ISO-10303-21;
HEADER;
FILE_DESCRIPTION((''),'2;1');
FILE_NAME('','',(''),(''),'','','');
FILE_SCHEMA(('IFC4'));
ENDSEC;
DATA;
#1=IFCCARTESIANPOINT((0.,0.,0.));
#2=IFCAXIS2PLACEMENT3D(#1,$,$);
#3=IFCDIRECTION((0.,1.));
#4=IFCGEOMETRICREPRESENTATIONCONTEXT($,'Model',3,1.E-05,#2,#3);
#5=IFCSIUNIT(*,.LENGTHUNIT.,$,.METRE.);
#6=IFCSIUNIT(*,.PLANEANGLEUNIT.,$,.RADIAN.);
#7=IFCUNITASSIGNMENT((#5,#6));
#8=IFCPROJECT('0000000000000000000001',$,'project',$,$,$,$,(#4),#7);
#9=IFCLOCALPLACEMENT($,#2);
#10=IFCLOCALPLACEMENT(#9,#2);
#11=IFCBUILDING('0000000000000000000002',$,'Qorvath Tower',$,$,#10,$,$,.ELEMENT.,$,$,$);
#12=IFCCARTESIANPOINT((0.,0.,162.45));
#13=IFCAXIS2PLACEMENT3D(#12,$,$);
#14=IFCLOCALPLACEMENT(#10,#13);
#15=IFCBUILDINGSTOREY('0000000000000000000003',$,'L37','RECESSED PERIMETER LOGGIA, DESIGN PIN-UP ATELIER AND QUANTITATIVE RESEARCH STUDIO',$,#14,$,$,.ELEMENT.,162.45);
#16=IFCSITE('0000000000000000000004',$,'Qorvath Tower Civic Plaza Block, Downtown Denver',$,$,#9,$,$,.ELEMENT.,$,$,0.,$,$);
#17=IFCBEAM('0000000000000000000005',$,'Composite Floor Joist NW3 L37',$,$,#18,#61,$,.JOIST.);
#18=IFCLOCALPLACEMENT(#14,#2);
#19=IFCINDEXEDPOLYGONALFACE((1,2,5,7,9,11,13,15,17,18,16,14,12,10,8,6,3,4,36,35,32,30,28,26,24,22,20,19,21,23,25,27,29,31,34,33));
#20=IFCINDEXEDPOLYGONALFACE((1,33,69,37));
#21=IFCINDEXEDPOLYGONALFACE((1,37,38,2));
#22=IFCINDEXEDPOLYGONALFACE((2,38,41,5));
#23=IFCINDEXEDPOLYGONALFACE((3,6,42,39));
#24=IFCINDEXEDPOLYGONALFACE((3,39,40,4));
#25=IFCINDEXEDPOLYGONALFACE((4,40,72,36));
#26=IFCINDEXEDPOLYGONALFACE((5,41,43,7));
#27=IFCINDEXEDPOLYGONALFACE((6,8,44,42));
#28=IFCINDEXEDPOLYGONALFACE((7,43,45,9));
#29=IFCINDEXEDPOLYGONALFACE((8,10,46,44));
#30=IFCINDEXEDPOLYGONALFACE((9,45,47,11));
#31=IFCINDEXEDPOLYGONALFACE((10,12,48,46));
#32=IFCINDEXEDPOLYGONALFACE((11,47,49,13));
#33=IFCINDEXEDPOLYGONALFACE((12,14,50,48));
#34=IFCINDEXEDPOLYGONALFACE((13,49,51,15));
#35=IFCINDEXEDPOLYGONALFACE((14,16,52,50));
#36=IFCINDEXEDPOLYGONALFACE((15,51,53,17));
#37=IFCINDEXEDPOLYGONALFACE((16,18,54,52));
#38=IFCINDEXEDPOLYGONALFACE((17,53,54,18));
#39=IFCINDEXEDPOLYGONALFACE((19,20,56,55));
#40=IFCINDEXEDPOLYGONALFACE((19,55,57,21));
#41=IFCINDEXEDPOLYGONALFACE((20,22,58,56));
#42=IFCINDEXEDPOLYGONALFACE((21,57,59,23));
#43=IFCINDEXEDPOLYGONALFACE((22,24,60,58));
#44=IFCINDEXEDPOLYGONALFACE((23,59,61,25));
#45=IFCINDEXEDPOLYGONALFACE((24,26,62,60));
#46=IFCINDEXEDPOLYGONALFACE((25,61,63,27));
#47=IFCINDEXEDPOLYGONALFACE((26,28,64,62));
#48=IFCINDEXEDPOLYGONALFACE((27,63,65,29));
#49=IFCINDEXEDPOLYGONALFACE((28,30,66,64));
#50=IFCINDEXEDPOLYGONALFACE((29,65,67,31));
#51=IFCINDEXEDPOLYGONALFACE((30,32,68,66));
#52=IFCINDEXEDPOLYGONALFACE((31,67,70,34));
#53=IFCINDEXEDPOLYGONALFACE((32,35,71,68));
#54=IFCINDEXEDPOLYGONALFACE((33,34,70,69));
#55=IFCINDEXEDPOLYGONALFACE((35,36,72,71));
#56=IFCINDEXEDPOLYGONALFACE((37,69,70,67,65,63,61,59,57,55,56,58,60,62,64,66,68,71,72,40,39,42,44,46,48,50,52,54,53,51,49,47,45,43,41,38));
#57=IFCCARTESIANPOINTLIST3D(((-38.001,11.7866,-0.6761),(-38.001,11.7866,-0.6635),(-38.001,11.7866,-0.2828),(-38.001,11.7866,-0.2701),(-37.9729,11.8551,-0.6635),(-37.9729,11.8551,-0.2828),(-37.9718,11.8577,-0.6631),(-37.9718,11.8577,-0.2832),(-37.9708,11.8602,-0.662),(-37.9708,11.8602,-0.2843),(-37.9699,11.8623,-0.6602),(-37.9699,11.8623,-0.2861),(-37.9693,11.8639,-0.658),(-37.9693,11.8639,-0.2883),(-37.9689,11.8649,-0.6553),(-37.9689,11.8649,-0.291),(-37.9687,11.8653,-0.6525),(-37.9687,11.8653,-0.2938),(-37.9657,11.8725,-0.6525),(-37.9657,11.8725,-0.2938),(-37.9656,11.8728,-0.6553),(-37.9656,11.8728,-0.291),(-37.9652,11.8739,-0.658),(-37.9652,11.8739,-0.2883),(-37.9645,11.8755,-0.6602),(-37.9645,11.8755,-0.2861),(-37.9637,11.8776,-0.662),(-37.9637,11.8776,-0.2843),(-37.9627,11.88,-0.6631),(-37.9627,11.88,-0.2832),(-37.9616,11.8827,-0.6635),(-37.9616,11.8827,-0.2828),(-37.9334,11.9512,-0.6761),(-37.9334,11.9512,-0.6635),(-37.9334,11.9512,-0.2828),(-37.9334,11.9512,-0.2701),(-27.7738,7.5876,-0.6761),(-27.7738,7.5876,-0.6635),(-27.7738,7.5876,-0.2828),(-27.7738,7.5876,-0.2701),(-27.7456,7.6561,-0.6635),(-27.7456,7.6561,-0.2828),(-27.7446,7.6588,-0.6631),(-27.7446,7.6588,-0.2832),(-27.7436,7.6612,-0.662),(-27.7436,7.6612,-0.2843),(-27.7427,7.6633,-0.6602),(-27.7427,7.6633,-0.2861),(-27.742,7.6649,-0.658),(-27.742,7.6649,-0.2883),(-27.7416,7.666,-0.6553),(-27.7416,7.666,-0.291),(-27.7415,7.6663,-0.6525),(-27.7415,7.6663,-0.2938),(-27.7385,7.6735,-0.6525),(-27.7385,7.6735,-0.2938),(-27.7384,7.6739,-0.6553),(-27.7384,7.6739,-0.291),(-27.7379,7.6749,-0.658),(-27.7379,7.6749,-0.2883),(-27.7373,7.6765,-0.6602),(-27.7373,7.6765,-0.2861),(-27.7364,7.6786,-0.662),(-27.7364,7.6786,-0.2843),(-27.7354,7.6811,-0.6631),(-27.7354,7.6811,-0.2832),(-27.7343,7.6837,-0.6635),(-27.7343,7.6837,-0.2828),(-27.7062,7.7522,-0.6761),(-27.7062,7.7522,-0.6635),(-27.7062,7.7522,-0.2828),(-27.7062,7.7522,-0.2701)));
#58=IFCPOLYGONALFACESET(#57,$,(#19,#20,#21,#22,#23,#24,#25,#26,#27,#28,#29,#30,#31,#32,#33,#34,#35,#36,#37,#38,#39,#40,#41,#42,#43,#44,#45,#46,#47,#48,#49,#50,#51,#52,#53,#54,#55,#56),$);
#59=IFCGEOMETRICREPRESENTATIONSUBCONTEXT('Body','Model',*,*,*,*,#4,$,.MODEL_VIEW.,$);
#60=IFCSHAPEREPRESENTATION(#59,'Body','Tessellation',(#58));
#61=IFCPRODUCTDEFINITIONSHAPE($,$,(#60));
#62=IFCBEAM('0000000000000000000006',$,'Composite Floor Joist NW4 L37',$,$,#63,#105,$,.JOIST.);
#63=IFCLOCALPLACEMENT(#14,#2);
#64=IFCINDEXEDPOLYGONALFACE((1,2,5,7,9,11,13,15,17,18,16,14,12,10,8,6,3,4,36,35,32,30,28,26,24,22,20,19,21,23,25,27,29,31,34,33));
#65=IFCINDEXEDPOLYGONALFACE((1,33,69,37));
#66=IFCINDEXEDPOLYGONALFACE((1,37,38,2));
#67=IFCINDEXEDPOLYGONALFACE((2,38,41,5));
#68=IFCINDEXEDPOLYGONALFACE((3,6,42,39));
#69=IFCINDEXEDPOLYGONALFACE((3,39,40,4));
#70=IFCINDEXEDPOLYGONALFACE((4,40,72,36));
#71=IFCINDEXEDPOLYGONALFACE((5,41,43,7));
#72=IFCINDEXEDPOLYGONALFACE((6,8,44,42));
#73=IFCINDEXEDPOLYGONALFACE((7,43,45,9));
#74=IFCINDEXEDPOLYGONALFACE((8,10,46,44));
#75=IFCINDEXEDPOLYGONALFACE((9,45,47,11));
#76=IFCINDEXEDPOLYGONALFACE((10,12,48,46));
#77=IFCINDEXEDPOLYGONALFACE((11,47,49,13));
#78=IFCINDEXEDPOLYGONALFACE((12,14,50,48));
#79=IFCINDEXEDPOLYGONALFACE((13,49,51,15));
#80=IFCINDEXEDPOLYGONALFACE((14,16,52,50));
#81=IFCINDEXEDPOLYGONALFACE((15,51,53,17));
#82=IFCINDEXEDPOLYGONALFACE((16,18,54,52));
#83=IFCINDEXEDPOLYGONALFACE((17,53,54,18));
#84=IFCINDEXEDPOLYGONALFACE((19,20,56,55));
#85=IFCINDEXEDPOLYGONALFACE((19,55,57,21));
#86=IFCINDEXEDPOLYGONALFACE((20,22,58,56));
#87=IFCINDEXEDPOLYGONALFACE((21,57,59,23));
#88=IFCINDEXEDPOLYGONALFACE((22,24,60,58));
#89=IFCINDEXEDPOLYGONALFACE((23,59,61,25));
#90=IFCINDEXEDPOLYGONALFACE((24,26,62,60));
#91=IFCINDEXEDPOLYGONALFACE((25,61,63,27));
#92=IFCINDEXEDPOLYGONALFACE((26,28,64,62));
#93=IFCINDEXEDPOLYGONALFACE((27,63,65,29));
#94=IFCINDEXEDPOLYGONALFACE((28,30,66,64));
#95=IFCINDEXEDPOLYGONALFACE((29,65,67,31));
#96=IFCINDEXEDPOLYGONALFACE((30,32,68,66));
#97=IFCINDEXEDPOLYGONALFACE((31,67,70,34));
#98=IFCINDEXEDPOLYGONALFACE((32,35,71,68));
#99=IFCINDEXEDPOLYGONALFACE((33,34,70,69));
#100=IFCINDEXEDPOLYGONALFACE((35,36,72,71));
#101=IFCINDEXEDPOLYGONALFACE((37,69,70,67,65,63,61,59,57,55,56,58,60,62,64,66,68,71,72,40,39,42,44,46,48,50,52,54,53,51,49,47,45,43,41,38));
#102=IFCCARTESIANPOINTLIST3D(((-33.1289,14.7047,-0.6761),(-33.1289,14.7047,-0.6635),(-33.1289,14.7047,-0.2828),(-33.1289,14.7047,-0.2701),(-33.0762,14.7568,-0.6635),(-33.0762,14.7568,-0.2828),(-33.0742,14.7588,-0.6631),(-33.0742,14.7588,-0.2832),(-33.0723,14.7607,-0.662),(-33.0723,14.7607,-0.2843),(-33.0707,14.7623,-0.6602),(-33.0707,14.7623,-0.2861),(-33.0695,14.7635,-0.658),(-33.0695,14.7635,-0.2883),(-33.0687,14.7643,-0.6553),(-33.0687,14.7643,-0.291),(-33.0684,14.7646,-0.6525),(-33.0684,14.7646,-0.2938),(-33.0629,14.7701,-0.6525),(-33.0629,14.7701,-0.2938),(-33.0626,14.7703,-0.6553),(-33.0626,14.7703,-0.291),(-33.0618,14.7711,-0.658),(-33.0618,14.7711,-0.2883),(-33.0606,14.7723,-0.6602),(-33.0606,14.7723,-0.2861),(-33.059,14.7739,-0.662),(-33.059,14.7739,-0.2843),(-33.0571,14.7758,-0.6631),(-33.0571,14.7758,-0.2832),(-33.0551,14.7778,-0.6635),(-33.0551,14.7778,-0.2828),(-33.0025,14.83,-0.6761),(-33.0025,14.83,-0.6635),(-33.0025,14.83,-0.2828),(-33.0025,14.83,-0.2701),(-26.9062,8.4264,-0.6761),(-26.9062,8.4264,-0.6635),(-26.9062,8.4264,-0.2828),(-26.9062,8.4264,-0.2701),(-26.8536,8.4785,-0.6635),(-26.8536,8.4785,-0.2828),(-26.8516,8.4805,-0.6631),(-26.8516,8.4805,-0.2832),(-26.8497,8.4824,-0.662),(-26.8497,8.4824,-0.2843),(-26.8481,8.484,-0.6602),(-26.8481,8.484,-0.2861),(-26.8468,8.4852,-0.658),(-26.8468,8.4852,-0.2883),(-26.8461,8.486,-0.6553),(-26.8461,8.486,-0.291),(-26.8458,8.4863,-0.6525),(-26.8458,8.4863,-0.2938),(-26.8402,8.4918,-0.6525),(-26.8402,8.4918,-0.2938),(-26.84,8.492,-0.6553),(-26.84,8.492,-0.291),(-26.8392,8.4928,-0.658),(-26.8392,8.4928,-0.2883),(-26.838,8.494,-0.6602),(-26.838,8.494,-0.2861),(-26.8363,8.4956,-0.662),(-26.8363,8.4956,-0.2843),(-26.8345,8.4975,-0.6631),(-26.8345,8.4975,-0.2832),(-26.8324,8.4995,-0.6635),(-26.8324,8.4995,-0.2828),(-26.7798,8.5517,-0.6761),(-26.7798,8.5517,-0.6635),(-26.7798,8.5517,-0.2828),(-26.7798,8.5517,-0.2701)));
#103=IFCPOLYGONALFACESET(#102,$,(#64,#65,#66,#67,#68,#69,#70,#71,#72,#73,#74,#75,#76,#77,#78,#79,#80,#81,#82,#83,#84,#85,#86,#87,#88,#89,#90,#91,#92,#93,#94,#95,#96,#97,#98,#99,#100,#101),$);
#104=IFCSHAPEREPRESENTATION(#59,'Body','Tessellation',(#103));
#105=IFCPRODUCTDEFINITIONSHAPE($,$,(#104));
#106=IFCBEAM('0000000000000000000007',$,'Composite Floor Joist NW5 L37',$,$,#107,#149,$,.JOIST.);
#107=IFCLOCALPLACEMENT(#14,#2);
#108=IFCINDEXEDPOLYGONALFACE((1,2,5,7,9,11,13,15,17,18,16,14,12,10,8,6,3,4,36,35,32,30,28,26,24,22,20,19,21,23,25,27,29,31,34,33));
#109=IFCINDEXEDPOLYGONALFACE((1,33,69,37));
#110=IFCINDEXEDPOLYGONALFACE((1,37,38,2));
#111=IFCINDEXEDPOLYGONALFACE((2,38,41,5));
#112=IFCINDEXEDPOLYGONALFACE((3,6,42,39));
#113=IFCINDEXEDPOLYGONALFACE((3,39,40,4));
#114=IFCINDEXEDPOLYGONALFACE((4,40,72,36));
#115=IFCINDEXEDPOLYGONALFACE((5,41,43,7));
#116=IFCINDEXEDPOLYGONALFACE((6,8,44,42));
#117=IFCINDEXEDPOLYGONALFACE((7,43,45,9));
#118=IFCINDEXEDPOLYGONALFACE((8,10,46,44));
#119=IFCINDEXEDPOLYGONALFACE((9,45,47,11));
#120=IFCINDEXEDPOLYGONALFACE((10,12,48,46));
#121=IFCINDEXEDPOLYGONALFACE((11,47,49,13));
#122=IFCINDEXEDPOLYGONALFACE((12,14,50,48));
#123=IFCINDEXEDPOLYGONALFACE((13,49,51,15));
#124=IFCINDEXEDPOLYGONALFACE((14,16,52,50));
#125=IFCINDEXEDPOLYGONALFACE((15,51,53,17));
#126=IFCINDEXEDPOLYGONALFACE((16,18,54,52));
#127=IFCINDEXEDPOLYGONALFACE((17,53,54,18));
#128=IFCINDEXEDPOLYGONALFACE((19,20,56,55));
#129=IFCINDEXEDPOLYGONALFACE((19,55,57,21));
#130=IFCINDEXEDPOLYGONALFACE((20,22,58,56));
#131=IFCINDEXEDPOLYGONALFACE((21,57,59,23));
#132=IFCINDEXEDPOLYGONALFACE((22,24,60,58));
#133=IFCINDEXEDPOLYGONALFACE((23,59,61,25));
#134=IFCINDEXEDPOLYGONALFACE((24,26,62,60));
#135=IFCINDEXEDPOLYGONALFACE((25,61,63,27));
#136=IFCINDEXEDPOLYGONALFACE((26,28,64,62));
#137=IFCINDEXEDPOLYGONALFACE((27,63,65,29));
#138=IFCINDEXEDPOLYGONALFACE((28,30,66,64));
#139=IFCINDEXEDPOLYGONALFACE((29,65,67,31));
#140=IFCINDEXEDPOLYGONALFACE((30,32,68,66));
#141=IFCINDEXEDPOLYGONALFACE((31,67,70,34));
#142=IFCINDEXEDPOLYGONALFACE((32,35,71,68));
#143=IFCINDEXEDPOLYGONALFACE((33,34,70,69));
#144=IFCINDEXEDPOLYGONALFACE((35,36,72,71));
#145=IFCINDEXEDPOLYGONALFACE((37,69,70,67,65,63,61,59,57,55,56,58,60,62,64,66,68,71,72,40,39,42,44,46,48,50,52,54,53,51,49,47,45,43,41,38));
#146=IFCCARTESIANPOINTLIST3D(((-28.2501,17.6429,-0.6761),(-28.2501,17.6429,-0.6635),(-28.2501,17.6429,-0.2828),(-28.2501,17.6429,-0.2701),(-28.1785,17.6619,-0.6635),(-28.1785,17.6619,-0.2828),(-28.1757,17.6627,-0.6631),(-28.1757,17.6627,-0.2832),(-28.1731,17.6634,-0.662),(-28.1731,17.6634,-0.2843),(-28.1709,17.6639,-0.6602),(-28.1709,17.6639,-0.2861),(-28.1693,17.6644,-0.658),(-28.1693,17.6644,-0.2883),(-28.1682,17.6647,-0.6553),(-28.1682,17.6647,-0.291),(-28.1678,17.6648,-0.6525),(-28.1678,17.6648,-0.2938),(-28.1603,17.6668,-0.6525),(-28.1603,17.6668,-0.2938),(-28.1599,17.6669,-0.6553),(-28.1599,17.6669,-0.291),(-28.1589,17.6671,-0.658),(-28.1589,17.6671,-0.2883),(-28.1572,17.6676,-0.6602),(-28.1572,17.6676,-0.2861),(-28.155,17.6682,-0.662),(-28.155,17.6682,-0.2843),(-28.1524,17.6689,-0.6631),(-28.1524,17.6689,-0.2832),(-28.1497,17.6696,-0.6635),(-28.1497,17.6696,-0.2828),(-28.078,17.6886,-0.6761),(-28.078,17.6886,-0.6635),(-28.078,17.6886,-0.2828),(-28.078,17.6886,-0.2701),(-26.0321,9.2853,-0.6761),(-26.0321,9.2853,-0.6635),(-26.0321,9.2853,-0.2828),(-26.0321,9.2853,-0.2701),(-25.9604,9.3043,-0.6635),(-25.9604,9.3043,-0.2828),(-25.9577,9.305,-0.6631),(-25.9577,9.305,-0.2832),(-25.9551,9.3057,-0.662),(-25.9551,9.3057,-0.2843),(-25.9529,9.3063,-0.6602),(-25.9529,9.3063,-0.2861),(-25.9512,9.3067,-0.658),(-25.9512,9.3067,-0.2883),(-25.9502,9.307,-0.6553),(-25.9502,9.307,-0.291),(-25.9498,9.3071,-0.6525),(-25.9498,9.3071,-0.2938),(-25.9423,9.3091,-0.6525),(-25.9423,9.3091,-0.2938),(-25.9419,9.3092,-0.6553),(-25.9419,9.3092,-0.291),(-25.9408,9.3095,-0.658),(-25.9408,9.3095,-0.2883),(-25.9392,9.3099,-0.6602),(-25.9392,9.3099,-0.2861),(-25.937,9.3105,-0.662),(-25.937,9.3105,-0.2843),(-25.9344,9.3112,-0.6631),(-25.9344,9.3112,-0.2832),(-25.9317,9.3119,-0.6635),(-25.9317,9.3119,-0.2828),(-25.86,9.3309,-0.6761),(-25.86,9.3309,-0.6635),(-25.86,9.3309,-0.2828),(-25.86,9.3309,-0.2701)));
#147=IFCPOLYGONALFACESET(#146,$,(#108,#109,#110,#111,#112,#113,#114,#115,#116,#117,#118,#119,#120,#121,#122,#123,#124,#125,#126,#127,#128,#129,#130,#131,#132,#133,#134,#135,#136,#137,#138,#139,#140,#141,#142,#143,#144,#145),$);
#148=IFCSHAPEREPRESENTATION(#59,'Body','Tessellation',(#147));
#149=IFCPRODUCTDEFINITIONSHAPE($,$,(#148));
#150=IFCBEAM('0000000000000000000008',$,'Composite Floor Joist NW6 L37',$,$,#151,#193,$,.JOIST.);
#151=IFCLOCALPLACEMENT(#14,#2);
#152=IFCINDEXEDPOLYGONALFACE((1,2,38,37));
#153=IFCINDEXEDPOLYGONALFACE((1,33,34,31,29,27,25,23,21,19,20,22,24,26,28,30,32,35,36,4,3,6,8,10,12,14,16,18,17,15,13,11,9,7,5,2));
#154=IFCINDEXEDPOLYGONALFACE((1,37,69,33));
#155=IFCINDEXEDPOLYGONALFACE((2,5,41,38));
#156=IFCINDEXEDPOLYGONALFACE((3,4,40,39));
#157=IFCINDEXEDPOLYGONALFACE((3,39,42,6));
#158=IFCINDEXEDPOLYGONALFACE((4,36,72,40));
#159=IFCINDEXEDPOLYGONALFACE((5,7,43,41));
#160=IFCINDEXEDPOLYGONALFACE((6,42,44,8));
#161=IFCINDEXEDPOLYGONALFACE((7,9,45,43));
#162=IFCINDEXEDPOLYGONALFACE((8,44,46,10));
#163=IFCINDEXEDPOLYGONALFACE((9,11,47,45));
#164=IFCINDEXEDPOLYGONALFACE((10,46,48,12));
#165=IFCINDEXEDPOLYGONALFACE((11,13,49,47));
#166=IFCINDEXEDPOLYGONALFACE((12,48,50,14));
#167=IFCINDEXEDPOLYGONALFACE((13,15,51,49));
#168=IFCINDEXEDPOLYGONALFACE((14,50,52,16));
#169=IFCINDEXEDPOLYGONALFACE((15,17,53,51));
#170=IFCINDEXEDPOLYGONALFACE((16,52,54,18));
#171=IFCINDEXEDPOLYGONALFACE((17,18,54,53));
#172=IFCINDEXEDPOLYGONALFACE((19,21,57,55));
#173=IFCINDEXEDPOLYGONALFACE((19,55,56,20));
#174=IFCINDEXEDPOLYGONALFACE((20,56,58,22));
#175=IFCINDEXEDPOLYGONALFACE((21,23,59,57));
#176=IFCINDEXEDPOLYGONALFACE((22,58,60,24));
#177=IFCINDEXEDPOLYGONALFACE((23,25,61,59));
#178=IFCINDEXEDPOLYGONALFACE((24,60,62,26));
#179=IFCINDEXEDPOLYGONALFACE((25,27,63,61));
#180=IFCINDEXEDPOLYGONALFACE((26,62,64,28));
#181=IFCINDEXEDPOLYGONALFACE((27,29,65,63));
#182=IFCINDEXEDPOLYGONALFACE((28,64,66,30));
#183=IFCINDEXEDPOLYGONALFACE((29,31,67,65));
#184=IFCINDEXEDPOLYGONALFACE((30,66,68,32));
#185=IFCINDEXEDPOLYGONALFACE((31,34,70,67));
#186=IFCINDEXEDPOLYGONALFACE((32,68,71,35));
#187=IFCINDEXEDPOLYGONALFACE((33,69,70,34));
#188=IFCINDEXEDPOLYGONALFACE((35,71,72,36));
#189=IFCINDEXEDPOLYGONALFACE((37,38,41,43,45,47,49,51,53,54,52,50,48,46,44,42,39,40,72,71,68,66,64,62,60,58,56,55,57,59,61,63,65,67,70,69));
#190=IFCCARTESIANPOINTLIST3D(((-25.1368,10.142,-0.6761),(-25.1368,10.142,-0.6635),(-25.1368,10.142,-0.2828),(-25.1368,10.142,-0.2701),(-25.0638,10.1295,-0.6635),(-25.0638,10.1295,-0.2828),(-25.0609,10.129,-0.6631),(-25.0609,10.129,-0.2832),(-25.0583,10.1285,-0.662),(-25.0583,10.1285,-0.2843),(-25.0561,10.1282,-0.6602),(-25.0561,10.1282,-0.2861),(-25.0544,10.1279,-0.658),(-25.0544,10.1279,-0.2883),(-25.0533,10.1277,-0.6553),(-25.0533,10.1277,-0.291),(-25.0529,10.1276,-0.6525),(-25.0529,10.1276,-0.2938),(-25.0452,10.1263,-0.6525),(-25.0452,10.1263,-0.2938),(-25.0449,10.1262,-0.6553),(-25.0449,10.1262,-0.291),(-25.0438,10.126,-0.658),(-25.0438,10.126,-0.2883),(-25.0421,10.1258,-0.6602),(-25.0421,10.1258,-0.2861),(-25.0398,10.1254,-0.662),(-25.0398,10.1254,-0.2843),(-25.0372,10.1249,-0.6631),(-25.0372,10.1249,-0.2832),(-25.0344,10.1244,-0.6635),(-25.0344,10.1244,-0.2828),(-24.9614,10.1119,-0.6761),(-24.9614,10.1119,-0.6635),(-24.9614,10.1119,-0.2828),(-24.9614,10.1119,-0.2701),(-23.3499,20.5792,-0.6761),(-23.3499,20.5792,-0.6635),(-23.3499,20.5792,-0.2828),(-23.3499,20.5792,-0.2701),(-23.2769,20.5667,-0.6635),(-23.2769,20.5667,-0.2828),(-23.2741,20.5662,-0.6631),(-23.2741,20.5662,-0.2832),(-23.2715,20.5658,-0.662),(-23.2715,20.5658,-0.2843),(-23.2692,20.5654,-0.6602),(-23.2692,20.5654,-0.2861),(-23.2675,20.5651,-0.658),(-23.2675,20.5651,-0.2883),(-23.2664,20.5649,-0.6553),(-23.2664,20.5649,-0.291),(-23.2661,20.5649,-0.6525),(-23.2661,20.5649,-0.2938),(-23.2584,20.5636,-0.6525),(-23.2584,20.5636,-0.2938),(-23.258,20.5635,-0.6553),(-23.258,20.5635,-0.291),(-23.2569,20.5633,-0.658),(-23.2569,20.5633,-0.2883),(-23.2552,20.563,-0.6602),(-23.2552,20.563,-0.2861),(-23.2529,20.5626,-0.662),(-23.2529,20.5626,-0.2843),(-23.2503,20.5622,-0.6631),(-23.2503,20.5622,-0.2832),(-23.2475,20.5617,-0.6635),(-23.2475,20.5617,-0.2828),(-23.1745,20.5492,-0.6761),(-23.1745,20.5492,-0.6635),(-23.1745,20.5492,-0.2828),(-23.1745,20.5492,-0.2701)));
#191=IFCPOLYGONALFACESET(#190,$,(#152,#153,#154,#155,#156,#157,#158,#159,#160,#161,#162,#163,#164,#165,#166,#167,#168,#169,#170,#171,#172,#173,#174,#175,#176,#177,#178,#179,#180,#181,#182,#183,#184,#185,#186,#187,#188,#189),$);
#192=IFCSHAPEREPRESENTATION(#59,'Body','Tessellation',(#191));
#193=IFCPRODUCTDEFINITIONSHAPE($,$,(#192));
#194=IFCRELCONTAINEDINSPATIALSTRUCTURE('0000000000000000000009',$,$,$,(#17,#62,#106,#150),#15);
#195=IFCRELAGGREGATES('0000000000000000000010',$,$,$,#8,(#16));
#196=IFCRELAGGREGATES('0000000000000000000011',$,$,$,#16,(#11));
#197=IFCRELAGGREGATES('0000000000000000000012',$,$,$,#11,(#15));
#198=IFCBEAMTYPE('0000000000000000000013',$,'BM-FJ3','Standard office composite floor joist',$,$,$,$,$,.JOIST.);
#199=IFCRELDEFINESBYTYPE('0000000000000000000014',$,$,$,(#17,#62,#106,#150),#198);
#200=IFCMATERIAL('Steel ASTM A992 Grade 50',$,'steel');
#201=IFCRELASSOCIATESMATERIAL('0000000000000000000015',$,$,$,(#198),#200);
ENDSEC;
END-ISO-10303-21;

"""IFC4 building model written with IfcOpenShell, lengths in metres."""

from ifc_helpers import new_model, si_unit, direction, frame, origin, origin_2d, place, context, subcontext, project, spatial, i_section, extrude, material, material_profile, profile_set, type_object, element, save


model = new_model("IFC4")

# Units and contexts
model_context = context("Model", 3, precision=1e-05, world=origin(), true_north=direction((0.0, 1.0)))
body_context = subcontext(model_context, "Body", "Model", "MODEL_VIEW")
ifc_project = project(units=[si_unit("LENGTHUNIT", "METRE"), si_unit("PLANEANGLEUNIT", "RADIAN")], contexts=[model_context])

# Site, building, storey
site_placement = place(None, origin())
site = spatial("IfcSite", under=ifc_project, at=site_placement, Name="Qorvath Tower Civic Plaza Block, Downtown Denver", CompositionType="ELEMENT", RefElevation=0.0)
building_placement = place(site_placement, origin())
building = spatial("IfcBuilding", under=site, at=building_placement, Name="Qorvath Tower", CompositionType="ELEMENT")
storey_placement = place(building_placement, frame((0.0, 0.0, 162.45)))
storey = spatial("IfcBuildingStorey", under=building, at=storey_placement, Name="L37", Description="RECESSED PERIMETER LOGGIA, DESIGN PIN-UP ATELIER AND QUANTITATIVE RESEARCH STUDIO", CompositionType="ELEMENT", Elevation=162.45)

# Beams
ifc_material_1 = material(Name="Steel ASTM A992 Grade 50", Category="steel")
ifc_material_profile_1 = material_profile(ifc_material_1, i_section(OverallWidth=0.178, OverallDepth=0.406, WebThickness=0.0078, FlangeThickness=0.0127, FilletRadius=0.011, at=origin_2d()), Name="W16x40")
ifc_profile_set_1 = profile_set([ifc_material_profile_1], Name="Steel ASTM A992 Grade 50")
beam_type_1 = type_object("IfcBeamType", Name="BM-FJ3", Description="Standard office composite floor joist", PredefinedType="JOIST", material=ifc_profile_set_1)
beam_1_placement = place(storey_placement, frame((-27.74, 7.6699, -0.4731), z_axis=(-0.925068, 0.379801, 0.0), x_axis=(-0.379801, -0.925068, 0.0)))
element("IfcBeam", 1, at=beam_1_placement, inside=storey, type_object=beam_type_1, Name="Composite Floor Joist NW3 L37", PredefinedType="JOIST", context=body_context, shape_type="SweptSolid", body=[
    extrude(i_section(OverallWidth=0.178, OverallDepth=0.406, WebThickness=0.0078, FlangeThickness=0.0127, FilletRadius=0.011, at=origin_2d()), origin(), (0.0, 0.0, 1.0), 11.0557),
])
beam_2_placement = place(storey_placement, frame((-26.843, 8.489, -0.4731), z_axis=(-0.703951, 0.710248, 0.0), x_axis=(-0.710248, -0.703951, 0.0)))
element("IfcBeam", 2, at=beam_2_placement, inside=storey, type_object=beam_type_1, Name="Composite Floor Joist NW4 L37", PredefinedType="JOIST", context=body_context, shape_type="SweptSolid", body=[
    extrude(i_section(OverallWidth=0.178, OverallDepth=0.406, WebThickness=0.0078, FlangeThickness=0.0127, FilletRadius=0.011, at=origin_2d()), origin(), (0.0, 0.0, 1.0), 8.8396),
])
beam_3_placement = place(storey_placement, frame((-25.946, 9.3081, -0.4731), z_axis=(-0.256508, 0.966542, 0.0), x_axis=(-0.966542, -0.256508, 0.0)))
element("IfcBeam", 3, at=beam_3_placement, inside=storey, type_object=beam_type_1, Name="Composite Floor Joist NW5 L37", PredefinedType="JOIST", context=body_context, shape_type="SweptSolid", body=[
    extrude(i_section(OverallWidth=0.178, OverallDepth=0.406, WebThickness=0.0078, FlangeThickness=0.0127, FilletRadius=0.011, at=origin_2d()), origin(), (0.0, 0.0, 1.0), 8.647),
])
beam_4_placement = place(storey_placement, frame((-25.0491, 10.127, -0.4731), z_axis=(0.168746, 0.98566, 0.0), x_axis=(-0.98566, 0.168746, 0.0)))
element("IfcBeam", 4, at=beam_4_placement, inside=storey, type_object=beam_type_1, Name="Composite Floor Joist NW6 L37", PredefinedType="JOIST", context=body_context, shape_type="SweptSolid", body=[
    extrude(i_section(OverallWidth=0.178, OverallDepth=0.406, WebThickness=0.0078, FlangeThickness=0.0127, FilletRadius=0.011, at=origin_2d()), origin(), (0.0, 0.0, 1.0), 10.5891),
])

save(model, "model.ifc")
